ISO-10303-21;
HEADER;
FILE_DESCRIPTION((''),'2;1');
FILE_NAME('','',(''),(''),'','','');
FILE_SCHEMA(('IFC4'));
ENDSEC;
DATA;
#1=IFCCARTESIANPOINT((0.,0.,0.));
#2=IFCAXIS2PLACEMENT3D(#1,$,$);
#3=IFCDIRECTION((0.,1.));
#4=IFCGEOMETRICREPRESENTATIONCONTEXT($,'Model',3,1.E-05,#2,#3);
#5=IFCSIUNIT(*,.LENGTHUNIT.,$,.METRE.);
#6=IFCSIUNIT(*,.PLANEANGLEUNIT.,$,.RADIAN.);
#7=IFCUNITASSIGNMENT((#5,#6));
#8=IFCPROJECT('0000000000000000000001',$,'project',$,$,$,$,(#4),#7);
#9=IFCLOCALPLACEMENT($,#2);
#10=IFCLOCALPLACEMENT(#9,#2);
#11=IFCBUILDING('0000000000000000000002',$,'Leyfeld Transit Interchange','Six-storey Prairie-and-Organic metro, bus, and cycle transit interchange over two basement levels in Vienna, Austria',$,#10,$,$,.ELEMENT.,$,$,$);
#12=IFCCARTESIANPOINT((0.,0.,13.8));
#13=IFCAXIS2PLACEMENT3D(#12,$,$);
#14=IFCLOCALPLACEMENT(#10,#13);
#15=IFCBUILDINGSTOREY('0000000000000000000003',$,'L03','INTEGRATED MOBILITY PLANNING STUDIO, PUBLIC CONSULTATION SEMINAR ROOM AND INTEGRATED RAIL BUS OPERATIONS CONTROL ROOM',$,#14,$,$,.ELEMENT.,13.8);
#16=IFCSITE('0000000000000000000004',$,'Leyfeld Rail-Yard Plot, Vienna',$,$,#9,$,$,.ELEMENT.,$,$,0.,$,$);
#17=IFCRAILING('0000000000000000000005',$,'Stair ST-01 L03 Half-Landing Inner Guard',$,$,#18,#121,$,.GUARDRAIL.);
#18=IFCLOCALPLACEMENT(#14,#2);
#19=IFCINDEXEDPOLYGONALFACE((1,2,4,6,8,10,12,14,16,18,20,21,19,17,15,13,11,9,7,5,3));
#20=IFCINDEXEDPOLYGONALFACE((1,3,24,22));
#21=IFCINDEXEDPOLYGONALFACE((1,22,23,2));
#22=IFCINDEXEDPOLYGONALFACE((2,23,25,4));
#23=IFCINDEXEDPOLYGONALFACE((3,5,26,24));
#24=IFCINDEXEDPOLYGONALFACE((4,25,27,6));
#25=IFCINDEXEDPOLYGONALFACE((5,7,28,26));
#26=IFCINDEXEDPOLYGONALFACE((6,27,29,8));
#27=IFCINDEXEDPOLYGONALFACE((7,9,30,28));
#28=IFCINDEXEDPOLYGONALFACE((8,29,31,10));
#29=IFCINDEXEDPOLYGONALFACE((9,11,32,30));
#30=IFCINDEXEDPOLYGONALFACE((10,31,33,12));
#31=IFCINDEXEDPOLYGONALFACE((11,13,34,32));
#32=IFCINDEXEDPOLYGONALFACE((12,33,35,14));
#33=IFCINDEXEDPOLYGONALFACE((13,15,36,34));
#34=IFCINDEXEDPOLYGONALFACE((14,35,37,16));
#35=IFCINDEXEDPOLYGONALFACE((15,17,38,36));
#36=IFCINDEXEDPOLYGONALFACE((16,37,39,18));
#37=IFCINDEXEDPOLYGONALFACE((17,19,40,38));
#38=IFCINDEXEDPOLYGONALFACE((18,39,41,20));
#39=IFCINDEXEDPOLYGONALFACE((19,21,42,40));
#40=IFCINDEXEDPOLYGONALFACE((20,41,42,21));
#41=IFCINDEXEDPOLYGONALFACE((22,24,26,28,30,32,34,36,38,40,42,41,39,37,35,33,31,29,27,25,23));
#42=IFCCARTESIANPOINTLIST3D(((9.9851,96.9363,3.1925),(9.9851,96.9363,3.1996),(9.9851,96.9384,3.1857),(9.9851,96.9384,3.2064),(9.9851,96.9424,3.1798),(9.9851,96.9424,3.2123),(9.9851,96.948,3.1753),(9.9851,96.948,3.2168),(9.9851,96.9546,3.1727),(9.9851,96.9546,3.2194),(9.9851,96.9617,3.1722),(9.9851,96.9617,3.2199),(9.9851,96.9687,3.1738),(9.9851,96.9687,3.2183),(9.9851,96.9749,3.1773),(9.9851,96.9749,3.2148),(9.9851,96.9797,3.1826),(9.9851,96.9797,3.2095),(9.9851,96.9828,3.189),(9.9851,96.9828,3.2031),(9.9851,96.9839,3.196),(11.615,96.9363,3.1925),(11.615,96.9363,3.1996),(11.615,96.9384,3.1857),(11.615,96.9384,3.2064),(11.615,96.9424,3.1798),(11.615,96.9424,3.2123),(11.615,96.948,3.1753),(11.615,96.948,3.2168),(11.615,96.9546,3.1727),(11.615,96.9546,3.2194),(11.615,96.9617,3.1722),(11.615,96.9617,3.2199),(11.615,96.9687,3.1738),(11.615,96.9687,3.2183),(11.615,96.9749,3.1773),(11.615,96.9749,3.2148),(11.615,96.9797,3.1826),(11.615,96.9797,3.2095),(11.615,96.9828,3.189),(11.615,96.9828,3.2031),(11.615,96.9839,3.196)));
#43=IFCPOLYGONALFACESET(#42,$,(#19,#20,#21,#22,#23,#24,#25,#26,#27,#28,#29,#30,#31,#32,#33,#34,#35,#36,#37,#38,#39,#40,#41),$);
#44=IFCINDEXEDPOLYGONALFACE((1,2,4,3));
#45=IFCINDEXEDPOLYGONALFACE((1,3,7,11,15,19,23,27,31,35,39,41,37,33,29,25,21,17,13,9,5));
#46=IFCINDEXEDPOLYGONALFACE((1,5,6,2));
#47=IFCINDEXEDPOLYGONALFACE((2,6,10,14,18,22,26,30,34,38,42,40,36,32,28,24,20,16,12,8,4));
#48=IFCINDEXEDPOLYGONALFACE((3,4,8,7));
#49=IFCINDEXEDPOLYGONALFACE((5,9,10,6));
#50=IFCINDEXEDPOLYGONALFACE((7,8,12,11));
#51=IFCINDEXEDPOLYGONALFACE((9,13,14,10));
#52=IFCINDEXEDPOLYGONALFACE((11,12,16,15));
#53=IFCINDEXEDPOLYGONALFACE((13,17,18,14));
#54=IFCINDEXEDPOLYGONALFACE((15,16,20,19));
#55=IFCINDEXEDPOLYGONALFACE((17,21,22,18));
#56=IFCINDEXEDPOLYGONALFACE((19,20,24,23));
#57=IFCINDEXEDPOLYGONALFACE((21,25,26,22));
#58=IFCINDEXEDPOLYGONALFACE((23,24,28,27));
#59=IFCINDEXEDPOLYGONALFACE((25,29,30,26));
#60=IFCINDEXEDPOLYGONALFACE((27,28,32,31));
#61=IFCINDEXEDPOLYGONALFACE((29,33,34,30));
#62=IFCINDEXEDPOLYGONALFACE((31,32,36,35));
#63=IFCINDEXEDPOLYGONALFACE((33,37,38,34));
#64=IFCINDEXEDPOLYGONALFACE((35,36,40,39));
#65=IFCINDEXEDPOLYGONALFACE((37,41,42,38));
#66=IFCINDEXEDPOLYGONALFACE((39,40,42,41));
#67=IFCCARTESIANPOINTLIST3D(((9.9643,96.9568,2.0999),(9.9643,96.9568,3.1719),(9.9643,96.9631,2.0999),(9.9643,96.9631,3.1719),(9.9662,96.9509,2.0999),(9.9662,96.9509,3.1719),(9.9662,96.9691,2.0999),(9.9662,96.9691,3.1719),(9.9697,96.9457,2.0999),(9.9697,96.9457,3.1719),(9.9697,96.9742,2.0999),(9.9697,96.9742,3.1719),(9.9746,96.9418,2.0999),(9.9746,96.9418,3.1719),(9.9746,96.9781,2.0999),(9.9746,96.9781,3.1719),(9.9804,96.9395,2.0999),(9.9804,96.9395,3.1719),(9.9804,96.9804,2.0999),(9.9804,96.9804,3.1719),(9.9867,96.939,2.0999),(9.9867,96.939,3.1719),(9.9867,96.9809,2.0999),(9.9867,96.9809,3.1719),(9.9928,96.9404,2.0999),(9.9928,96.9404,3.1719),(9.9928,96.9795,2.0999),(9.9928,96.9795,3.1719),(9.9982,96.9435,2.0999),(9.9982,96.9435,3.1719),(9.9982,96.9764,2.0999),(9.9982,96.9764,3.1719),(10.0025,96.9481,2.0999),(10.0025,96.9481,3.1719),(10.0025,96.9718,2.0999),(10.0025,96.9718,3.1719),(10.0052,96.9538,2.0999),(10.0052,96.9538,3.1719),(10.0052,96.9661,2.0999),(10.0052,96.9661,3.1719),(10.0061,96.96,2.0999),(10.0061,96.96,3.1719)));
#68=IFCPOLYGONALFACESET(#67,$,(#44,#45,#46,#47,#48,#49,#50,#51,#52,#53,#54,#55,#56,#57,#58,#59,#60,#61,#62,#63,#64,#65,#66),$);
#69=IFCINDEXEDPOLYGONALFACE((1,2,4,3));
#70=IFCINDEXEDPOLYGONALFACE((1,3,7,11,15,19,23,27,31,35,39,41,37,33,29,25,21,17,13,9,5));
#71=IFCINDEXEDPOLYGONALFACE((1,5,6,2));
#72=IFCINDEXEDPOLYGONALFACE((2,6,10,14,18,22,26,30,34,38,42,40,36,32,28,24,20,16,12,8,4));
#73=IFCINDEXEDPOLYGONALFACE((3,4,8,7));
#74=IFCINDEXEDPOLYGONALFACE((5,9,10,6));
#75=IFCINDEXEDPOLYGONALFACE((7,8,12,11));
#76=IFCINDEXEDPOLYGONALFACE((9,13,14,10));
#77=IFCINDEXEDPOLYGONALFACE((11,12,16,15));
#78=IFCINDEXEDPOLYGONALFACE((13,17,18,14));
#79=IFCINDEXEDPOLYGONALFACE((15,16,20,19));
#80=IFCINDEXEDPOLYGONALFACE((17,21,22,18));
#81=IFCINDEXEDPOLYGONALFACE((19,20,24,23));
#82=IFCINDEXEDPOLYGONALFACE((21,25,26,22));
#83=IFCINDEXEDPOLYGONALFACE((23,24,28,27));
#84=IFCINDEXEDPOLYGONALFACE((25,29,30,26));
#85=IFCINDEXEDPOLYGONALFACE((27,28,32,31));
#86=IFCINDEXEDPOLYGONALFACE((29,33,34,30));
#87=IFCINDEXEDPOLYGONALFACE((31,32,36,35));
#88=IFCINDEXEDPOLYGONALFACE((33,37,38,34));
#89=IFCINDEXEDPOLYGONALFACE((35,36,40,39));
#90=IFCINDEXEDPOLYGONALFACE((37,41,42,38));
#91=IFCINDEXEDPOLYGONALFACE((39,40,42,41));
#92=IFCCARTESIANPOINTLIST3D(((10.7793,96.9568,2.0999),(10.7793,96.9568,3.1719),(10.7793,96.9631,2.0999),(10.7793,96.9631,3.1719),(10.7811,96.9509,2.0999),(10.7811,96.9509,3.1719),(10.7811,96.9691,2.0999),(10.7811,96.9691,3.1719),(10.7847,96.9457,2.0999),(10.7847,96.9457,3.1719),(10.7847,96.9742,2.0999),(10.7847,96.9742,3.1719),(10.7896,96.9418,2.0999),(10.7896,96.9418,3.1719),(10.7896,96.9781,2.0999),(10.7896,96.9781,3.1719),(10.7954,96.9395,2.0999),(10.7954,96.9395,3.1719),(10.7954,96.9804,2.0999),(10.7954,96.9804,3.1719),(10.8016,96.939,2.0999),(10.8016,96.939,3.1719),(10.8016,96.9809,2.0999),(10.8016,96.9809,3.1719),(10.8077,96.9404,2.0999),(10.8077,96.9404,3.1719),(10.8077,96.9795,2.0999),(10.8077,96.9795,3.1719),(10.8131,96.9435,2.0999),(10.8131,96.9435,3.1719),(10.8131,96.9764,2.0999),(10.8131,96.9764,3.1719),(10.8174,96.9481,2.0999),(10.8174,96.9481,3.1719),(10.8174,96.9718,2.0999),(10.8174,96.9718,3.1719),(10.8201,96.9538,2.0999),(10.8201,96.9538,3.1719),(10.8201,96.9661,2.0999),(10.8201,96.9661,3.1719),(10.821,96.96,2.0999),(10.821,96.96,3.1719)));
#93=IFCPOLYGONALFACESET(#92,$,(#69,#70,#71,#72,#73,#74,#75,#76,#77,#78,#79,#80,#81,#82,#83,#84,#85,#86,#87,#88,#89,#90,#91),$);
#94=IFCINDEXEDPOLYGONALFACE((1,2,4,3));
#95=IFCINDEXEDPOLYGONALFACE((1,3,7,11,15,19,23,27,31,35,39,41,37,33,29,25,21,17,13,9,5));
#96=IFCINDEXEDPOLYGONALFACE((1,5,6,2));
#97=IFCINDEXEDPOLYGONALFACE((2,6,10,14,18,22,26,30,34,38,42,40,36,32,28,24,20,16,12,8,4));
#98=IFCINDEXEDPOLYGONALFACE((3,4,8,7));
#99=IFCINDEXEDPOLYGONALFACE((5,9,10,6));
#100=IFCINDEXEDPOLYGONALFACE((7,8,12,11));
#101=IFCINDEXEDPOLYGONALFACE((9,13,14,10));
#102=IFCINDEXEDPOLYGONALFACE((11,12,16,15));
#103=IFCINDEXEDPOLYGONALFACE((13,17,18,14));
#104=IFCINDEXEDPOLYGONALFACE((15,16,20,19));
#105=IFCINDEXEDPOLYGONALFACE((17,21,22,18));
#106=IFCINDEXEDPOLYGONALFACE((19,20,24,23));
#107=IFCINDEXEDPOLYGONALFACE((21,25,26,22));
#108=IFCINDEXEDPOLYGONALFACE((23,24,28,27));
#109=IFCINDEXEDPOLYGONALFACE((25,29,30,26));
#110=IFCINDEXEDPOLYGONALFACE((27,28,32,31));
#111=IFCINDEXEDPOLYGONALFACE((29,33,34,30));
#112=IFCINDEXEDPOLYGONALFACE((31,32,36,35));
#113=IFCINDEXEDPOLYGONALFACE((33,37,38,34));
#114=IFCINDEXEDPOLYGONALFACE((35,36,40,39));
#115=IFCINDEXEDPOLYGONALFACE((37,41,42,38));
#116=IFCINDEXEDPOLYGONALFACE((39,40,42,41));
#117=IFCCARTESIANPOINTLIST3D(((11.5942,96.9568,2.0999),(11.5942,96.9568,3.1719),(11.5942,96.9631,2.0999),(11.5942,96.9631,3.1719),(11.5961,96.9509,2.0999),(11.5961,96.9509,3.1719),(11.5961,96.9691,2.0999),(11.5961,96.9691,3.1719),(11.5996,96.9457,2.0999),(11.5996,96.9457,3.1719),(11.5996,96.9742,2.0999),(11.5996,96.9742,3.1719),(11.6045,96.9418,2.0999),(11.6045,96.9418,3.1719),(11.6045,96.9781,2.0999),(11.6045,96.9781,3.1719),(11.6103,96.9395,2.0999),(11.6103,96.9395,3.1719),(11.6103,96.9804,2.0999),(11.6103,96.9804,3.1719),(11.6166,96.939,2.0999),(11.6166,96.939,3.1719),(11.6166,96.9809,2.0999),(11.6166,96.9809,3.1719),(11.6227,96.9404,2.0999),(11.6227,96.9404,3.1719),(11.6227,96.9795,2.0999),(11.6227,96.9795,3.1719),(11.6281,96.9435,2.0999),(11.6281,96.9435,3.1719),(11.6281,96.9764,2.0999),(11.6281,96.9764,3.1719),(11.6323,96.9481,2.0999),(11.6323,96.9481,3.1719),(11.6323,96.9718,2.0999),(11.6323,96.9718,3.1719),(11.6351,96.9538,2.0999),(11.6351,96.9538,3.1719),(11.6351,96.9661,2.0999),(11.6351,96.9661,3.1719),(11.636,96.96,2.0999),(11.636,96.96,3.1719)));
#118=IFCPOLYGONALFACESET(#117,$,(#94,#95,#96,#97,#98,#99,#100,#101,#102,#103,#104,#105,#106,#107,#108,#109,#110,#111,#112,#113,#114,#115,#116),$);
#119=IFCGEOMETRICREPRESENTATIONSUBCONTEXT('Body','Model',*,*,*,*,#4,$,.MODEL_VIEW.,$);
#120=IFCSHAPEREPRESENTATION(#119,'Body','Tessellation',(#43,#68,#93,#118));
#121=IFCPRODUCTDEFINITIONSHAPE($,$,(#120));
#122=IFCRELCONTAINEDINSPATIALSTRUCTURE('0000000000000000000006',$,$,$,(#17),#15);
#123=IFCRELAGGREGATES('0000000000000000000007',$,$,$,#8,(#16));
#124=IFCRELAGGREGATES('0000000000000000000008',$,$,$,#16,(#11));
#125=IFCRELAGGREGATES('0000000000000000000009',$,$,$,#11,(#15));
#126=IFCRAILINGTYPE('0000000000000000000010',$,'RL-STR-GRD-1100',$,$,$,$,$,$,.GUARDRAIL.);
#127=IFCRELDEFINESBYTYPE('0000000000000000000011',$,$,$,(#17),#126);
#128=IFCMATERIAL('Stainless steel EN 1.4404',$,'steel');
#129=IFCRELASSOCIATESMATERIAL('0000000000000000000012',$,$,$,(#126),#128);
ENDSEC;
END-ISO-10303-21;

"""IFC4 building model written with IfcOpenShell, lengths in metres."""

from ifc_helpers import new_model, si_unit, direction, frame, origin, origin_2d, place, context, subcontext, project, spatial, circle, extrude, material, type_object, element, save


model = new_model("IFC4")

# Units and contexts
model_context = context("Model", 3, precision=1e-05, world=origin(), true_north=direction((0.0, 1.0)))
body_context = subcontext(model_context, "Body", "Model", "MODEL_VIEW")
ifc_project = project(units=[si_unit("LENGTHUNIT", "METRE"), si_unit("PLANEANGLEUNIT", "RADIAN")], contexts=[model_context])

# Site, building, storey
site_placement = place(None, origin())
site = spatial("IfcSite", under=ifc_project, at=site_placement, Name="Leyfeld Rail-Yard Plot, Vienna", CompositionType="ELEMENT", RefElevation=0.0)
building_placement = place(site_placement, origin())
building = spatial("IfcBuilding", under=site, at=building_placement, Name="Leyfeld Transit Interchange", Description="Six-storey Prairie-and-Organic metro, bus, and cycle transit interchange over two basement levels in Vienna, Austria", CompositionType="ELEMENT")
storey_placement = place(building_placement, frame((0.0, 0.0, 13.8)))
storey = spatial("IfcBuildingStorey", under=building, at=storey_placement, Name="L03", Description="INTEGRATED MOBILITY PLANNING STUDIO, PUBLIC CONSULTATION SEMINAR ROOM AND INTEGRATED RAIL BUS OPERATIONS CONTROL ROOM", CompositionType="ELEMENT", Elevation=13.8)

# Railing
ifc_material_1 = material(Name="Stainless steel EN 1.4404", Category="steel")
railing_type_1 = type_object("IfcRailingType", Name="RL-STR-GRD-1100", PredefinedType="GUARDRAIL", material=ifc_material_1)
railing_1_placement = place(storey_placement, frame((9.9851, 96.96, 2.0999)))
element("IfcRailing", 1, at=railing_1_placement, inside=storey, type_object=railing_type_1, Name="Stair ST-01 L03 Half-Landing Inner Guard", PredefinedType="GUARDRAIL", context=body_context, shape_type="SweptSolid", body=[
    extrude(circle(Radius=0.0239, at=origin_2d()), frame((0.0, 0.0, 1.0962), z_axis=(1.0, 0.0, 0.0), x_axis=(0.0, 1.0, 0.0)), (0.0, 0.0, 1.0), 1.6299),
    extrude(circle(Radius=0.021, at=origin_2d()), origin(), (0.0, 0.0, 1.0), 1.072),
    extrude(circle(Radius=0.021, at=origin_2d()), frame((0.8149, 0.0, 0.0)), (0.0, 0.0, 1.0), 1.072),
    extrude(circle(Radius=0.021, at=origin_2d()), frame((1.6299, 0.0, 0.0)), (0.0, 0.0, 1.0), 1.072),
])

save(model, "model.ifc")
